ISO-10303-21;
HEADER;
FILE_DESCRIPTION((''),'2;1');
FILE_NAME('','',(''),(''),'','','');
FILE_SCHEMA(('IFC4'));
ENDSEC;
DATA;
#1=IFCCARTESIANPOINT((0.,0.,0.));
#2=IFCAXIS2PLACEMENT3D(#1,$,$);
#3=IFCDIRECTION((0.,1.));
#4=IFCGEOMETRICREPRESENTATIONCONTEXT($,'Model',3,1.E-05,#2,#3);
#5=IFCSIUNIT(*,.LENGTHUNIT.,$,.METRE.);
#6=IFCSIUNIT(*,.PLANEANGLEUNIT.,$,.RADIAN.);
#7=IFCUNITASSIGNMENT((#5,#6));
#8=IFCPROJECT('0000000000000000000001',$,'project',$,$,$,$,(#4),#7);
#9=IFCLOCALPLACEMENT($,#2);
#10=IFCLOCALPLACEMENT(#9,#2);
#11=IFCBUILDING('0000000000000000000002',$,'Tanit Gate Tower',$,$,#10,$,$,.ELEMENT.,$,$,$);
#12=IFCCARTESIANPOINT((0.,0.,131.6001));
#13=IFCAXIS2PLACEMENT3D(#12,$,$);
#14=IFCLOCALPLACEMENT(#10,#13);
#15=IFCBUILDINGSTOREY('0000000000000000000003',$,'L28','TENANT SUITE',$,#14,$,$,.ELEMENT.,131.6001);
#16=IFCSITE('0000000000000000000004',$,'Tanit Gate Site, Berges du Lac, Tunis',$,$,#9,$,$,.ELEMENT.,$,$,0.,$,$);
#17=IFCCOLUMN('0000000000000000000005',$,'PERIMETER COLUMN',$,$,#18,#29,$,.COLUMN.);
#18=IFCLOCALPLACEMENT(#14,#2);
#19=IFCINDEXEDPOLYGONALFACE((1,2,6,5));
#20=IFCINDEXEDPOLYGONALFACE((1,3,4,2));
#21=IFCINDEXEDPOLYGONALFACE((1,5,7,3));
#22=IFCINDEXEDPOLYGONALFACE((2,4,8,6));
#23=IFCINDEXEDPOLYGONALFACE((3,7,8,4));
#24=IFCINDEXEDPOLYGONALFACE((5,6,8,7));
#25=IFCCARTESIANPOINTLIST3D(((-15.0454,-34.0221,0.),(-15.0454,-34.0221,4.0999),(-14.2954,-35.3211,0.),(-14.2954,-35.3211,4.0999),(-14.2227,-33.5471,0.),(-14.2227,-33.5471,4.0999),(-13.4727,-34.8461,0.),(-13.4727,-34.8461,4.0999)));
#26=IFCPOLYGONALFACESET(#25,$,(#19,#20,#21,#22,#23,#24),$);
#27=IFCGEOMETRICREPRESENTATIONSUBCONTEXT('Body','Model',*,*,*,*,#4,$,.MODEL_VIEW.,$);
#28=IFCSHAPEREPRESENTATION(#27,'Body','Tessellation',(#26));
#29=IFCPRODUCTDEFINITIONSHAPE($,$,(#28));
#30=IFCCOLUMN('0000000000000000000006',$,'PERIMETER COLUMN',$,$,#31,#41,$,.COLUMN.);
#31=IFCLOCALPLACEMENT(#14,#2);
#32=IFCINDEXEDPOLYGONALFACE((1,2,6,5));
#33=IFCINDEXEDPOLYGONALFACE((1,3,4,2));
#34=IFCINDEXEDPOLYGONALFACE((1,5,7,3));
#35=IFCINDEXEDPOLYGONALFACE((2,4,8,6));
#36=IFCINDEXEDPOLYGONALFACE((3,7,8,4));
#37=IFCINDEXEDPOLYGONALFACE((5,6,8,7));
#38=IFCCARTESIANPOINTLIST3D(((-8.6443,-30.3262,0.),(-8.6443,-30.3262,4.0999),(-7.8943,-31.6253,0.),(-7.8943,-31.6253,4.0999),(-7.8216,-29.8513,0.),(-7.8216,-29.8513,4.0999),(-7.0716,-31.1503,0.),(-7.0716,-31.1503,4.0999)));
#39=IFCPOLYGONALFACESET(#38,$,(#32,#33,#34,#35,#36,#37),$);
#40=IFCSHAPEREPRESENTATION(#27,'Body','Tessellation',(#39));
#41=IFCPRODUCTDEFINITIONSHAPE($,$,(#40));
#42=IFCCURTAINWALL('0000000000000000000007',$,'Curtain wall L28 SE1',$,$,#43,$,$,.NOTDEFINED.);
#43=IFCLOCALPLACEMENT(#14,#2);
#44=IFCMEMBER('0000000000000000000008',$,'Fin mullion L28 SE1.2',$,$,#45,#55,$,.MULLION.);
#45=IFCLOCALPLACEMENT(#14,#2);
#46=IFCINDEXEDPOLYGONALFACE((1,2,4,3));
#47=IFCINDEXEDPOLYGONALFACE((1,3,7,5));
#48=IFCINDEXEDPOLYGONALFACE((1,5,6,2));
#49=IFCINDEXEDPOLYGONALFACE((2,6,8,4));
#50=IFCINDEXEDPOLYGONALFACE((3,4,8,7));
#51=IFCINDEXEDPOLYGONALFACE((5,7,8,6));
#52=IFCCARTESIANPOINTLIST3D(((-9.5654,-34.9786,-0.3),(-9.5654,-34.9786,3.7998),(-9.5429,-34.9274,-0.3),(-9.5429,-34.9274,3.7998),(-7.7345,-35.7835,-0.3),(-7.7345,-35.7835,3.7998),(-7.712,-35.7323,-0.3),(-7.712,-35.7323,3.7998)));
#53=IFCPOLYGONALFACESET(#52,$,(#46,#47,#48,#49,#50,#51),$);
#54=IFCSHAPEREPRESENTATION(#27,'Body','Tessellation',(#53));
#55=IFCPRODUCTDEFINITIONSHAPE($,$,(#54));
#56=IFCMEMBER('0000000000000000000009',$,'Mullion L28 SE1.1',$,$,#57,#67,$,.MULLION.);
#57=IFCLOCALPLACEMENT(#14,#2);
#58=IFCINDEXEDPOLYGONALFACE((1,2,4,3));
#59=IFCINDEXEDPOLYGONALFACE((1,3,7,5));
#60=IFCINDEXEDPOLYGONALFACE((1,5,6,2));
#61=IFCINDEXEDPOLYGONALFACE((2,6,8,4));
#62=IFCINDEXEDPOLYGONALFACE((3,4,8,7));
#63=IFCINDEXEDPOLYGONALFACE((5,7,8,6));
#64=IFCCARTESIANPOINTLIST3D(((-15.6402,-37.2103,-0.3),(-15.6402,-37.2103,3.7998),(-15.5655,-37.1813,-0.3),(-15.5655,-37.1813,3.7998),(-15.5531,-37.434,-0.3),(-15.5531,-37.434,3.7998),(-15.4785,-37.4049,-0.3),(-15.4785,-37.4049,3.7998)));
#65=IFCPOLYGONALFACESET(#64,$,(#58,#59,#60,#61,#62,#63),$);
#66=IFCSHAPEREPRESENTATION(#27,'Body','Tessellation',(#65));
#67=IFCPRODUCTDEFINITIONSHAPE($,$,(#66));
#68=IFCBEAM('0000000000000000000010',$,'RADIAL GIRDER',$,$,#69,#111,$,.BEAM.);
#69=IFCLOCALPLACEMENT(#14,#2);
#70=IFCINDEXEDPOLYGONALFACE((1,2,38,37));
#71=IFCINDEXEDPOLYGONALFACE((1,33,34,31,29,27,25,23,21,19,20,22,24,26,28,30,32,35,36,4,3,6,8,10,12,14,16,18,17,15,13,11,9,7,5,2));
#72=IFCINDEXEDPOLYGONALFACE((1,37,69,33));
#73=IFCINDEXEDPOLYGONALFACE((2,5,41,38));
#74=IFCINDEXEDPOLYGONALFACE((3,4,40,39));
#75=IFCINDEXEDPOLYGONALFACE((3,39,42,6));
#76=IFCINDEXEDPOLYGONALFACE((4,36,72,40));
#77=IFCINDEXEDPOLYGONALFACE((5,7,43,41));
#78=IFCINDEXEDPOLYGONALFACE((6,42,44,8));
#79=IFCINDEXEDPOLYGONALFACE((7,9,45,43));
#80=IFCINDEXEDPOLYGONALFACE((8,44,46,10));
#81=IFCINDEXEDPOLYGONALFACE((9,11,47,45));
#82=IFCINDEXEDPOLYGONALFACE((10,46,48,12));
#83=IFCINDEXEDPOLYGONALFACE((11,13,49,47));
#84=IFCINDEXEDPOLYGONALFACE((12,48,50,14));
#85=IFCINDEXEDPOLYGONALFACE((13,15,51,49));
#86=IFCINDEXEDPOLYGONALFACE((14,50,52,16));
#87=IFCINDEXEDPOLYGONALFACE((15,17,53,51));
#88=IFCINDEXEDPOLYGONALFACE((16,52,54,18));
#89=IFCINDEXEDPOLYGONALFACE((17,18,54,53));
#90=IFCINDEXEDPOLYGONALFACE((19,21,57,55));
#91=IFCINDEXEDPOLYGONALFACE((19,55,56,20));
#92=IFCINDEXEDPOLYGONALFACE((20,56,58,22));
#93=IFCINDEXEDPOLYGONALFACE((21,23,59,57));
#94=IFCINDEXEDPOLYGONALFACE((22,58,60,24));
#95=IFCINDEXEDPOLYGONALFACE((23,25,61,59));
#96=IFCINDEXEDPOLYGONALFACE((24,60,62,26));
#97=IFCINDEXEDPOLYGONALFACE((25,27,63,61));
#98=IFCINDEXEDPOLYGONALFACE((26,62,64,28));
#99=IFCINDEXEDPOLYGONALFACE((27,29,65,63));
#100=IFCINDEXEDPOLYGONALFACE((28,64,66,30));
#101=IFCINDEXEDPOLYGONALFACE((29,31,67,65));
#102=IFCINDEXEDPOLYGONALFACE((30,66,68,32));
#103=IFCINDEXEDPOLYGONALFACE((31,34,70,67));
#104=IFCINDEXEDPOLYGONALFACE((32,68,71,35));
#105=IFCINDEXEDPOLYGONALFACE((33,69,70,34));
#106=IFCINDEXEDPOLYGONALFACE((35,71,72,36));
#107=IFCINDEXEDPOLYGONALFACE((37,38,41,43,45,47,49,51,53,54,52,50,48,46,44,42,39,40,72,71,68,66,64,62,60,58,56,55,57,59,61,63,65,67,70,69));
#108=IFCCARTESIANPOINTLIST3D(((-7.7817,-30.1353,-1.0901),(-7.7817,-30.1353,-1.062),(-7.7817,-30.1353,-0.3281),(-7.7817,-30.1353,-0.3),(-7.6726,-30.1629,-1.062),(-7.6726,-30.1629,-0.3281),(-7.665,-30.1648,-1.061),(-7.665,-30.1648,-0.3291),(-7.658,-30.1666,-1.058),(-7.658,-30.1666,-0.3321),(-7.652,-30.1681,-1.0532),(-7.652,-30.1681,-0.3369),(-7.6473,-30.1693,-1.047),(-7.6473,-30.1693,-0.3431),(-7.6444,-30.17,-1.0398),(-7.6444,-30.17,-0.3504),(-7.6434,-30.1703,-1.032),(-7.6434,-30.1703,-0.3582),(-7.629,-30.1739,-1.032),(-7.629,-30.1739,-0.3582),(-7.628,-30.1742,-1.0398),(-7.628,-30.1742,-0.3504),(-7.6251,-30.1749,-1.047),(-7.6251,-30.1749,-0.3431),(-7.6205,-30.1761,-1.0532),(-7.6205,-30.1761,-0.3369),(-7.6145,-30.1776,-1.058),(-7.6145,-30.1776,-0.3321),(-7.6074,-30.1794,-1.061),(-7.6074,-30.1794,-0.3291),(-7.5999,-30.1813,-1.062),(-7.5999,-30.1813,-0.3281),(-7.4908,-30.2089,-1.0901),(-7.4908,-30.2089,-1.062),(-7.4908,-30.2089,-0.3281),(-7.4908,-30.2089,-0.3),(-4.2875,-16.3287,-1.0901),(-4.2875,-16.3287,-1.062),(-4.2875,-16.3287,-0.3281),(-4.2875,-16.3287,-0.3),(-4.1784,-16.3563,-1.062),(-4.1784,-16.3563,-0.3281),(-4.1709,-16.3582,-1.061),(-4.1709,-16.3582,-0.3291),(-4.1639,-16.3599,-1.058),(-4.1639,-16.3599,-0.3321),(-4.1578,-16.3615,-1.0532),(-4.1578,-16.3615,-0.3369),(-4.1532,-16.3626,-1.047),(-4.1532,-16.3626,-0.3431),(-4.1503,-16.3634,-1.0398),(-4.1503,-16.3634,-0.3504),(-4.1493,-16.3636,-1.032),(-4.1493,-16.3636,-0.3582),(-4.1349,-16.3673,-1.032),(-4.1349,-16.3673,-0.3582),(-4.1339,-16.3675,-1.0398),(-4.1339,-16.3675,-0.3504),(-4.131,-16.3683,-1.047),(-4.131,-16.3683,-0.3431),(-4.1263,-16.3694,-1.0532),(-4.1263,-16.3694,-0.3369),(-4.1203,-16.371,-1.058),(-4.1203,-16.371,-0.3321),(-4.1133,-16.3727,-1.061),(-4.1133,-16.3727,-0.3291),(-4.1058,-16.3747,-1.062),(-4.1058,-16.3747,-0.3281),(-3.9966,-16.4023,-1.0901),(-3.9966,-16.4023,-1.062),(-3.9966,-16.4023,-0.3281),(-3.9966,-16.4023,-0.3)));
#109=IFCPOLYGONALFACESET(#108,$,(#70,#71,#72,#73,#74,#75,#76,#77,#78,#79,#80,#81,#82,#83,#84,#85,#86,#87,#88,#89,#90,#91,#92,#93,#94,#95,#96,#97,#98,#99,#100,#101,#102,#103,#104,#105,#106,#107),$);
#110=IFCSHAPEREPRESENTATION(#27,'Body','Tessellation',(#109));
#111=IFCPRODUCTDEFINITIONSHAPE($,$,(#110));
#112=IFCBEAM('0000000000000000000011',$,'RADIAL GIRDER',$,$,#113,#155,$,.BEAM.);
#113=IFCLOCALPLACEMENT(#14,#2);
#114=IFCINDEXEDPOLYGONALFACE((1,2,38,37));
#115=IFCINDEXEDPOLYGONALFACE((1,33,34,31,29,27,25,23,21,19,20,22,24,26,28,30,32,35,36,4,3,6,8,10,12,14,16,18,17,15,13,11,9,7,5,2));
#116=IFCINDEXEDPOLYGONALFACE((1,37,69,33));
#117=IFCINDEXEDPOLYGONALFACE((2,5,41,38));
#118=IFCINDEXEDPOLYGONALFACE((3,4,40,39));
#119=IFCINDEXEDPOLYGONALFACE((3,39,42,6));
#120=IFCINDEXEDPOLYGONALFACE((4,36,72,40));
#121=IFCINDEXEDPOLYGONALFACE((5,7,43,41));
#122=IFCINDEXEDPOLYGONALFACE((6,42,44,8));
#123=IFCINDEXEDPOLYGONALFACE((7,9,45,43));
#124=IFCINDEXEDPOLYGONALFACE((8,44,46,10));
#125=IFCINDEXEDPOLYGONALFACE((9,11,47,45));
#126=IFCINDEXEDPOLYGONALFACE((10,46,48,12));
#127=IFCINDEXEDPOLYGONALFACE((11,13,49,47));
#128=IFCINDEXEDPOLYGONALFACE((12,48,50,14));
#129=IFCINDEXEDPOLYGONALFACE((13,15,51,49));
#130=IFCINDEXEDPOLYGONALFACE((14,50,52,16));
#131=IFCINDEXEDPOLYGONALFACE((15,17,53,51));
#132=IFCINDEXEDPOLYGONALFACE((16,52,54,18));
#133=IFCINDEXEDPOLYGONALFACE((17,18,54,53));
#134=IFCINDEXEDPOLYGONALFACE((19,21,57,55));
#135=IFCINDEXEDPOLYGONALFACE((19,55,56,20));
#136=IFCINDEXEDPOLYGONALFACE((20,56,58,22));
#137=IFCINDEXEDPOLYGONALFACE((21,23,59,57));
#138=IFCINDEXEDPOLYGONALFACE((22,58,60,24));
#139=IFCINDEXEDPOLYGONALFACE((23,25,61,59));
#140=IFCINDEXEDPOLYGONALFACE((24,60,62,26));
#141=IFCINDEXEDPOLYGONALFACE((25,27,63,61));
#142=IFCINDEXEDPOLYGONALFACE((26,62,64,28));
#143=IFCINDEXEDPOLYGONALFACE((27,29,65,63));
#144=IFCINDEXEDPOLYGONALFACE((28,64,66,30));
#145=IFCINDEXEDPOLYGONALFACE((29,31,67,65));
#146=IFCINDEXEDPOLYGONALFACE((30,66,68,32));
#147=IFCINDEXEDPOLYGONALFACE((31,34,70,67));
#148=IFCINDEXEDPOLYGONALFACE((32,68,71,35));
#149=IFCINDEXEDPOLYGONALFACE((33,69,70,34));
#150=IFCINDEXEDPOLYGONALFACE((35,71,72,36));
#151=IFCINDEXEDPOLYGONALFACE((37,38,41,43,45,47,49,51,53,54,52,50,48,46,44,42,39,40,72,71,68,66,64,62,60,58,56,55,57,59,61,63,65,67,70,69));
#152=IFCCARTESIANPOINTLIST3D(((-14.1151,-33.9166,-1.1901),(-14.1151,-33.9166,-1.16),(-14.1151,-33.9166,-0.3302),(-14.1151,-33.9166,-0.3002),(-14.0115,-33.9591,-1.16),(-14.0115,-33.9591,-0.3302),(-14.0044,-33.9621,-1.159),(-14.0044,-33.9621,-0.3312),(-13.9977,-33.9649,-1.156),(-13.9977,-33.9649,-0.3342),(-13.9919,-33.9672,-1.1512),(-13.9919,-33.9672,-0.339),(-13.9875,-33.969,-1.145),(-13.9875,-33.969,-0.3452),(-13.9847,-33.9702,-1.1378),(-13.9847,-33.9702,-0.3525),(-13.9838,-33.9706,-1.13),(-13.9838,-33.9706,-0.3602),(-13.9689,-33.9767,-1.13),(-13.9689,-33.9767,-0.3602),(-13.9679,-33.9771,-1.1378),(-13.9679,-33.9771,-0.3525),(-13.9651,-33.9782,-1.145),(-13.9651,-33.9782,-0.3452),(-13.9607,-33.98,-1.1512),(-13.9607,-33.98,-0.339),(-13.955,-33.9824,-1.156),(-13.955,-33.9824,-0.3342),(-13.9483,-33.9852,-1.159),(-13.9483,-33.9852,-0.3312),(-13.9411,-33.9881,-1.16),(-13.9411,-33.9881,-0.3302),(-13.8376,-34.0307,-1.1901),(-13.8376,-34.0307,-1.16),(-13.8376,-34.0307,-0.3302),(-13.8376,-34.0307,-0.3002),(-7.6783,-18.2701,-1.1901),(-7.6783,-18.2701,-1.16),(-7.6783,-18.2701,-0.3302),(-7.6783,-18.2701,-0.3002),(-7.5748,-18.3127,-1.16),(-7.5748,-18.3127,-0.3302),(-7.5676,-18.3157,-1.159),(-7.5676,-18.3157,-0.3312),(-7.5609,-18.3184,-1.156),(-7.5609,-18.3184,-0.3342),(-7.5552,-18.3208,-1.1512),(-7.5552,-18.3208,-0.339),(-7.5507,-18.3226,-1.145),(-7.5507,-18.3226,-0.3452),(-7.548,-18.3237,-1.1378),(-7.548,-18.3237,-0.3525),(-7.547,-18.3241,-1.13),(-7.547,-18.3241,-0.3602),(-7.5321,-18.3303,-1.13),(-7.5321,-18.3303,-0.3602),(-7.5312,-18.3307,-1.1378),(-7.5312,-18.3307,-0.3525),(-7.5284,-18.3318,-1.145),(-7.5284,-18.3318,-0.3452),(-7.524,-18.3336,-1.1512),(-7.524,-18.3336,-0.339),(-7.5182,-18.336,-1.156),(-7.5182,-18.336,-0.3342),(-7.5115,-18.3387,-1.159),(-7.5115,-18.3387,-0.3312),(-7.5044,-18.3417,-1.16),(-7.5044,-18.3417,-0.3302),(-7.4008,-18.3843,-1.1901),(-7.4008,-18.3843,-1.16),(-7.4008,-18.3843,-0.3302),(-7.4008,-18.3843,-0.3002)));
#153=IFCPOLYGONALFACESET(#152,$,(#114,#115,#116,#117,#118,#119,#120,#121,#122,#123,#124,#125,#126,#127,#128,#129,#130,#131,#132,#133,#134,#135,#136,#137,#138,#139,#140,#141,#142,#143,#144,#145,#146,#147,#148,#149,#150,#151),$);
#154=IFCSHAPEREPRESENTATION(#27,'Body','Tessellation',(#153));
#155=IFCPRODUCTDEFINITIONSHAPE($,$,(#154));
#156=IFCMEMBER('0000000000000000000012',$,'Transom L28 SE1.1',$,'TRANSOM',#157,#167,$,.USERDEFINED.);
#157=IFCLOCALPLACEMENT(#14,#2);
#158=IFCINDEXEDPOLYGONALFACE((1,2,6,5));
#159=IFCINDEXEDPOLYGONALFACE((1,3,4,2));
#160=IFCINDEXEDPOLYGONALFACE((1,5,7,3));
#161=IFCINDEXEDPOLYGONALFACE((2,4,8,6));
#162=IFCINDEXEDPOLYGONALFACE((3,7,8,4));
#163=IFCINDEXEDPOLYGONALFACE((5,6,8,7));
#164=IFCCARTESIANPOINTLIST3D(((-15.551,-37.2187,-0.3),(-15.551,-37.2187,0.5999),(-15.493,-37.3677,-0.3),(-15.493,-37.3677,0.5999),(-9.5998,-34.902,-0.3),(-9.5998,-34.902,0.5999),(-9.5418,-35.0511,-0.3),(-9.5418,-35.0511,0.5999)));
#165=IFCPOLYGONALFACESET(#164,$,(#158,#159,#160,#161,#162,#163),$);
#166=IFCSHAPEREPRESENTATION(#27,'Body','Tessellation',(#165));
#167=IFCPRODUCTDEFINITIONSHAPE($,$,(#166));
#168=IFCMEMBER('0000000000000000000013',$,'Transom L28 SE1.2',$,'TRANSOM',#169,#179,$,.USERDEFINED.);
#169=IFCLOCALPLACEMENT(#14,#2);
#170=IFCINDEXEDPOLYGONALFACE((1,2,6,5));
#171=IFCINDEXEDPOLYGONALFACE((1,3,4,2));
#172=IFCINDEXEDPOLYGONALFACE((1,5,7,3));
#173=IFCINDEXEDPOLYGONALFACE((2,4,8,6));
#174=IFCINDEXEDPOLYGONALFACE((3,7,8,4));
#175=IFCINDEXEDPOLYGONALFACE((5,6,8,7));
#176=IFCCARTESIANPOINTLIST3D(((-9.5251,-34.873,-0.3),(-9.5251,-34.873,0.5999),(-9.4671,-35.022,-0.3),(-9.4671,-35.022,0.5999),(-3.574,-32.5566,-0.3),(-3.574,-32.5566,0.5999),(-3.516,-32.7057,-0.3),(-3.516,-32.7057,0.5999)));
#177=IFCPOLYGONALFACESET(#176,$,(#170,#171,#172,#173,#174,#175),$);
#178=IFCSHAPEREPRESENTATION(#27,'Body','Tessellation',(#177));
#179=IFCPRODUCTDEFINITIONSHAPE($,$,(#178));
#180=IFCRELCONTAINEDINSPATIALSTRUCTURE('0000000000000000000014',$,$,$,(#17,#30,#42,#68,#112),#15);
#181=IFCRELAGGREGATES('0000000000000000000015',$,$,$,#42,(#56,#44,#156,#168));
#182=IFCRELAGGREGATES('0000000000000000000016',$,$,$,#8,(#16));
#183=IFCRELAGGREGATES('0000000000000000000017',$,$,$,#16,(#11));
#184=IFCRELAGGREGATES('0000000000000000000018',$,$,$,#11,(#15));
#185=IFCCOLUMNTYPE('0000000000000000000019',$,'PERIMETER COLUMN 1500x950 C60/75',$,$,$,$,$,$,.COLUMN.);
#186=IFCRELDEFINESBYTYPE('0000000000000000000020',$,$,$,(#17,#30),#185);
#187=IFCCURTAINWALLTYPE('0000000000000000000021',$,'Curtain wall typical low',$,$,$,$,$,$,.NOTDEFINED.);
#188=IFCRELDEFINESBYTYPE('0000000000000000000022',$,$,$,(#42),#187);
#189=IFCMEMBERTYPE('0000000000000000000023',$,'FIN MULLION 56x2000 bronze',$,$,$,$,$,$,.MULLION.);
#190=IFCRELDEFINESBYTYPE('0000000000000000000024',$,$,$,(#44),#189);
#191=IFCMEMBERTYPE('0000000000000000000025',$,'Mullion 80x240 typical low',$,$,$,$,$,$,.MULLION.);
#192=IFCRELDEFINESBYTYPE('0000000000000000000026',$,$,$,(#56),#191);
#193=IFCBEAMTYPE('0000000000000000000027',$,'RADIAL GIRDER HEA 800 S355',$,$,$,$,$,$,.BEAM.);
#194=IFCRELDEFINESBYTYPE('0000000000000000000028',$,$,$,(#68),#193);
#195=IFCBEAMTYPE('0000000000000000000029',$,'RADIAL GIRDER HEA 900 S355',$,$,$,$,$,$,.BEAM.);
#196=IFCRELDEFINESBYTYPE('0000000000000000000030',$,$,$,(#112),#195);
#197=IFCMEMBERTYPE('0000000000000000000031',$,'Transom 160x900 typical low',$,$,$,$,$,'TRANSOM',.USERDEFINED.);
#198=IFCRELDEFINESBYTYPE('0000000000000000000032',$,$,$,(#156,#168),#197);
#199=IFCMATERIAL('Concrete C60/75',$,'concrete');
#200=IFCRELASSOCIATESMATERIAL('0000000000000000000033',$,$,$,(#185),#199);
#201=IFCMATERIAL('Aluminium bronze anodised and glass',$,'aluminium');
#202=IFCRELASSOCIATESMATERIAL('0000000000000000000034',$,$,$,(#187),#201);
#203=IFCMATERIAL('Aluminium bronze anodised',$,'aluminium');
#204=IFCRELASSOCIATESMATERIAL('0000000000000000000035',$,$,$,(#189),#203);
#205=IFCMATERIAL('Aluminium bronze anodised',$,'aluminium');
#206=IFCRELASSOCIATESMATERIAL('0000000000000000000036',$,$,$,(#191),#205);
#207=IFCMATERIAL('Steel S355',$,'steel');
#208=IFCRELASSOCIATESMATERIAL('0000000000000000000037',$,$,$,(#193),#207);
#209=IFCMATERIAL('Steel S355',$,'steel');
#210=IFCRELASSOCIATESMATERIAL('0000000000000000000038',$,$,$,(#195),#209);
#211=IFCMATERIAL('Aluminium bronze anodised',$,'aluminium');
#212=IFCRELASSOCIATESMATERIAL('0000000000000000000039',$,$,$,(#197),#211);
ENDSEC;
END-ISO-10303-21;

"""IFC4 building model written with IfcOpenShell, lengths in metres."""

from ifc_helpers import new_model, si_unit, direction, frame, origin, origin_2d, place, context, subcontext, project, spatial, rectangle, i_section, extrude, material, material_profile, profile_set, type_object, element, aggregate, save


model = new_model("IFC4")

# Units and contexts
model_context = context("Model", 3, precision=1e-05, world=origin(), true_north=direction((0.0, 1.0)))
body_context = subcontext(model_context, "Body", "Model", "MODEL_VIEW")
ifc_project = project(units=[si_unit("LENGTHUNIT", "METRE"), si_unit("PLANEANGLEUNIT", "RADIAN")], contexts=[model_context])

# Site, building, storey
site_placement = place(None, origin())
site = spatial("IfcSite", under=ifc_project, at=site_placement, Name="Tanit Gate Site, Berges du Lac, Tunis", CompositionType="ELEMENT", RefElevation=0.0)
building_placement = place(site_placement, origin())
building = spatial("IfcBuilding", under=site, at=building_placement, Name="Tanit Gate Tower", CompositionType="ELEMENT")
storey_placement = place(building_placement, frame((0.0, 0.0, 131.6001)))
storey = spatial("IfcBuildingStorey", under=building, at=storey_placement, Name="L28", Description="TENANT SUITE", CompositionType="ELEMENT", Elevation=131.6001)

# Columns
ifc_material_1 = material(Name="Concrete C60/75", Category="concrete")
ifc_material_profile_1 = material_profile(ifc_material_1, rectangle(XDim=1.5, YDim=0.95, at=origin_2d()), Name="RC 1500x950")
ifc_profile_set_1 = profile_set([ifc_material_profile_1], Name="Concrete C60/75")
column_type = type_object("IfcColumnType", Name="PERIMETER COLUMN 1500x950 C60/75", PredefinedType="COLUMN", material=ifc_profile_set_1)
for number, where, z_axis, x_axis, name in (
    (1, (-14.259, -34.4341, 0.0), (0.0, 0.0, 1.0), (0.5, -0.866025, 0.0), "PERIMETER COLUMN"),
    (2, (-7.8579, -30.7383, 0.0), (0.0, 0.0, 1.0), (0.5, -0.866025, 0.0), "PERIMETER COLUMN"),
):
    element("IfcColumn", number, at=place(storey_placement, frame(where, z_axis=z_axis, x_axis=x_axis)), inside=storey, type_object=column_type, Name=name, PredefinedType="COLUMN", context=body_context, shape_type="SweptSolid", body=[
        extrude(rectangle(XDim=1.5, YDim=0.95, at=origin_2d()), origin(), (0.0, 0.0, 1.0), 4.0999),
    ])

# Curtain wall, members
ifc_material_2 = material(Name="Aluminium bronze anodised and glass", Category="aluminium")
curtain_wall_type = type_object("IfcCurtainWallType", Name="Curtain wall typical low", PredefinedType="NOTDEFINED", material=ifc_material_2)
curtain_wall_placement = place(storey_placement, origin())
curtain_wall = element("IfcCurtainWall", 3, at=curtain_wall_placement, inside=storey, type_object=curtain_wall_type, Name="Curtain wall L28 SE1", PredefinedType="NOTDEFINED")
ifc_material_3 = material(Name="Aluminium bronze anodised", Category="aluminium")
ifc_material_profile_2 = material_profile(ifc_material_3, rectangle(XDim=2.0, YDim=0.0559, at=origin_2d()), Name="56x2000 bronze fin mullion")
ifc_profile_set_2 = profile_set([ifc_material_profile_2], Name="Aluminium bronze anodised")
member_type_1 = type_object("IfcMemberType", Name="FIN MULLION 56x2000 bronze", PredefinedType="MULLION", material=ifc_profile_set_2)
member_1_placement = place(storey_placement, frame((-8.6387, -35.3555, -0.3), z_axis=(0.0, 0.0, 1.0), x_axis=(-0.91544, 0.402453, 0.0)))
member_1 = element("IfcMember", 4, at=member_1_placement, type_object=member_type_1, Name="Fin mullion L28 SE1.2", PredefinedType="MULLION", context=body_context, shape_type="SweptSolid", body=[
    extrude(rectangle(XDim=2.0, YDim=0.0559, at=origin_2d()), origin(), (0.0, 0.0, 1.0), 4.0999),
])
ifc_material_4 = material(Name="Aluminium bronze anodised", Category="aluminium")
ifc_material_profile_3 = material_profile(ifc_material_4, rectangle(XDim=0.24, YDim=0.0801, at=origin_2d()), Name="80x240 bronze mullion")
ifc_profile_set_3 = profile_set([ifc_material_profile_3], Name="Aluminium bronze anodised")
member_type_2 = type_object("IfcMemberType", Name="Mullion 80x240 typical low", PredefinedType="MULLION", material=ifc_profile_set_3)
member_2_placement = place(storey_placement, frame((-15.5593, -37.3076, -0.3), z_axis=(0.0, 0.0, 1.0), x_axis=(-0.362737, 0.931892, 0.0)))
member_2 = element("IfcMember", 5, at=member_2_placement, type_object=member_type_2, Name="Mullion L28 SE1.1", PredefinedType="MULLION", context=body_context, shape_type="SweptSolid", body=[
    extrude(rectangle(XDim=0.24, YDim=0.0801, at=origin_2d()), origin(), (0.0, 0.0, 1.0), 4.0999),
])

# Beams
ifc_material_5 = material(Name="Steel S355", Category="steel")
ifc_material_profile_4 = material_profile(ifc_material_5, i_section(OverallWidth=0.3, OverallDepth=0.79, WebThickness=0.0149, FlangeThickness=0.0281, FilletRadius=0.03, at=origin_2d()), Name="HEA 800")
ifc_profile_set_4 = profile_set([ifc_material_profile_4], Name="Steel S355")
beam_type_1 = type_object("IfcBeamType", Name="RADIAL GIRDER HEA 800 S355", PredefinedType="BEAM", material=ifc_profile_set_4)
beam_1_placement = place(storey_placement, frame((-7.6362, -30.1721, -0.6951), z_axis=(0.245342, 0.969437, 0.0), x_axis=(-0.969437, 0.245342, 0.0)))
element("IfcBeam", 6, at=beam_1_placement, inside=storey, type_object=beam_type_1, Name="RADIAL GIRDER", PredefinedType="BEAM", context=body_context, shape_type="SweptSolid", body=[
    extrude(i_section(OverallWidth=0.3, OverallDepth=0.79, WebThickness=0.0149, FlangeThickness=0.0281, FilletRadius=0.03, at=origin_2d()), origin(), (0.0, 0.0, 1.0), 14.2419),
])
ifc_material_6 = material(Name="Steel S355", Category="steel")
ifc_material_profile_5 = material_profile(ifc_material_6, i_section(OverallWidth=0.3, OverallDepth=0.8899, WebThickness=0.0161, FlangeThickness=0.03, FilletRadius=0.03, at=origin_2d()), Name="HEA 900")
ifc_profile_set_5 = profile_set([ifc_material_profile_5], Name="Steel S355")
beam_type_2 = type_object("IfcBeamType", Name="RADIAL GIRDER HEA 900 S355", PredefinedType="BEAM", material=ifc_profile_set_5)
beam_2_placement = place(storey_placement, frame((-13.9763, -33.9736, -0.7451), z_axis=(0.380451, 0.924801, 0.0), x_axis=(-0.924801, 0.380451, 0.0)))
element("IfcBeam", 7, at=beam_2_placement, inside=storey, type_object=beam_type_2, Name="RADIAL GIRDER", PredefinedType="BEAM", context=body_context, shape_type="SweptSolid", body=[
    extrude(i_section(OverallWidth=0.3, OverallDepth=0.8899, WebThickness=0.0161, FlangeThickness=0.03, FilletRadius=0.03, at=origin_2d()), origin(), (0.0, 0.0, 1.0), 16.9187),
])

# Members
ifc_material_7 = material(Name="Aluminium bronze anodised", Category="aluminium")
ifc_material_profile_6 = material_profile(ifc_material_7, rectangle(XDim=0.1599, YDim=0.8999, at=origin_2d()), Name="160x900 bronze transom")
ifc_profile_set_6 = profile_set([ifc_material_profile_6], Name="Aluminium bronze anodised")
member_type_3 = type_object("IfcMemberType", Name="Transom 160x900 typical low", ElementType="TRANSOM", PredefinedType="USERDEFINED", material=ifc_profile_set_6)
member_3_placement = place(storey_placement, frame((-15.522, -37.2932, 0.1499), z_axis=(0.931883, 0.36276, 0.0), x_axis=(-0.36276, 0.931883, 0.0)))
member_3 = element("IfcMember", 8, at=member_3_placement, type_object=member_type_3, Name="Transom L28 SE1.1", ObjectType="TRANSOM", PredefinedType="USERDEFINED", context=body_context, shape_type="SweptSolid", body=[
    extrude(rectangle(XDim=0.1599, YDim=0.8999, at=origin_2d()), origin(), (0.0, 0.0, 1.0), 6.3862),
])
member_4_placement = place(storey_placement, frame((-9.4961, -34.9475, 0.1499), z_axis=(0.931896, 0.362727, 0.0), x_axis=(-0.362727, 0.931896, 0.0)))
member_4 = element("IfcMember", 9, at=member_4_placement, type_object=member_type_3, Name="Transom L28 SE1.2", ObjectType="TRANSOM", PredefinedType="USERDEFINED", context=body_context, shape_type="SweptSolid", body=[
    extrude(rectangle(XDim=0.1599, YDim=0.8999, at=origin_2d()), origin(), (0.0, 0.0, 1.0), 6.386),
])

aggregate(curtain_wall, [member_2, member_1, member_3, member_4])

save(model, "model.ifc")
